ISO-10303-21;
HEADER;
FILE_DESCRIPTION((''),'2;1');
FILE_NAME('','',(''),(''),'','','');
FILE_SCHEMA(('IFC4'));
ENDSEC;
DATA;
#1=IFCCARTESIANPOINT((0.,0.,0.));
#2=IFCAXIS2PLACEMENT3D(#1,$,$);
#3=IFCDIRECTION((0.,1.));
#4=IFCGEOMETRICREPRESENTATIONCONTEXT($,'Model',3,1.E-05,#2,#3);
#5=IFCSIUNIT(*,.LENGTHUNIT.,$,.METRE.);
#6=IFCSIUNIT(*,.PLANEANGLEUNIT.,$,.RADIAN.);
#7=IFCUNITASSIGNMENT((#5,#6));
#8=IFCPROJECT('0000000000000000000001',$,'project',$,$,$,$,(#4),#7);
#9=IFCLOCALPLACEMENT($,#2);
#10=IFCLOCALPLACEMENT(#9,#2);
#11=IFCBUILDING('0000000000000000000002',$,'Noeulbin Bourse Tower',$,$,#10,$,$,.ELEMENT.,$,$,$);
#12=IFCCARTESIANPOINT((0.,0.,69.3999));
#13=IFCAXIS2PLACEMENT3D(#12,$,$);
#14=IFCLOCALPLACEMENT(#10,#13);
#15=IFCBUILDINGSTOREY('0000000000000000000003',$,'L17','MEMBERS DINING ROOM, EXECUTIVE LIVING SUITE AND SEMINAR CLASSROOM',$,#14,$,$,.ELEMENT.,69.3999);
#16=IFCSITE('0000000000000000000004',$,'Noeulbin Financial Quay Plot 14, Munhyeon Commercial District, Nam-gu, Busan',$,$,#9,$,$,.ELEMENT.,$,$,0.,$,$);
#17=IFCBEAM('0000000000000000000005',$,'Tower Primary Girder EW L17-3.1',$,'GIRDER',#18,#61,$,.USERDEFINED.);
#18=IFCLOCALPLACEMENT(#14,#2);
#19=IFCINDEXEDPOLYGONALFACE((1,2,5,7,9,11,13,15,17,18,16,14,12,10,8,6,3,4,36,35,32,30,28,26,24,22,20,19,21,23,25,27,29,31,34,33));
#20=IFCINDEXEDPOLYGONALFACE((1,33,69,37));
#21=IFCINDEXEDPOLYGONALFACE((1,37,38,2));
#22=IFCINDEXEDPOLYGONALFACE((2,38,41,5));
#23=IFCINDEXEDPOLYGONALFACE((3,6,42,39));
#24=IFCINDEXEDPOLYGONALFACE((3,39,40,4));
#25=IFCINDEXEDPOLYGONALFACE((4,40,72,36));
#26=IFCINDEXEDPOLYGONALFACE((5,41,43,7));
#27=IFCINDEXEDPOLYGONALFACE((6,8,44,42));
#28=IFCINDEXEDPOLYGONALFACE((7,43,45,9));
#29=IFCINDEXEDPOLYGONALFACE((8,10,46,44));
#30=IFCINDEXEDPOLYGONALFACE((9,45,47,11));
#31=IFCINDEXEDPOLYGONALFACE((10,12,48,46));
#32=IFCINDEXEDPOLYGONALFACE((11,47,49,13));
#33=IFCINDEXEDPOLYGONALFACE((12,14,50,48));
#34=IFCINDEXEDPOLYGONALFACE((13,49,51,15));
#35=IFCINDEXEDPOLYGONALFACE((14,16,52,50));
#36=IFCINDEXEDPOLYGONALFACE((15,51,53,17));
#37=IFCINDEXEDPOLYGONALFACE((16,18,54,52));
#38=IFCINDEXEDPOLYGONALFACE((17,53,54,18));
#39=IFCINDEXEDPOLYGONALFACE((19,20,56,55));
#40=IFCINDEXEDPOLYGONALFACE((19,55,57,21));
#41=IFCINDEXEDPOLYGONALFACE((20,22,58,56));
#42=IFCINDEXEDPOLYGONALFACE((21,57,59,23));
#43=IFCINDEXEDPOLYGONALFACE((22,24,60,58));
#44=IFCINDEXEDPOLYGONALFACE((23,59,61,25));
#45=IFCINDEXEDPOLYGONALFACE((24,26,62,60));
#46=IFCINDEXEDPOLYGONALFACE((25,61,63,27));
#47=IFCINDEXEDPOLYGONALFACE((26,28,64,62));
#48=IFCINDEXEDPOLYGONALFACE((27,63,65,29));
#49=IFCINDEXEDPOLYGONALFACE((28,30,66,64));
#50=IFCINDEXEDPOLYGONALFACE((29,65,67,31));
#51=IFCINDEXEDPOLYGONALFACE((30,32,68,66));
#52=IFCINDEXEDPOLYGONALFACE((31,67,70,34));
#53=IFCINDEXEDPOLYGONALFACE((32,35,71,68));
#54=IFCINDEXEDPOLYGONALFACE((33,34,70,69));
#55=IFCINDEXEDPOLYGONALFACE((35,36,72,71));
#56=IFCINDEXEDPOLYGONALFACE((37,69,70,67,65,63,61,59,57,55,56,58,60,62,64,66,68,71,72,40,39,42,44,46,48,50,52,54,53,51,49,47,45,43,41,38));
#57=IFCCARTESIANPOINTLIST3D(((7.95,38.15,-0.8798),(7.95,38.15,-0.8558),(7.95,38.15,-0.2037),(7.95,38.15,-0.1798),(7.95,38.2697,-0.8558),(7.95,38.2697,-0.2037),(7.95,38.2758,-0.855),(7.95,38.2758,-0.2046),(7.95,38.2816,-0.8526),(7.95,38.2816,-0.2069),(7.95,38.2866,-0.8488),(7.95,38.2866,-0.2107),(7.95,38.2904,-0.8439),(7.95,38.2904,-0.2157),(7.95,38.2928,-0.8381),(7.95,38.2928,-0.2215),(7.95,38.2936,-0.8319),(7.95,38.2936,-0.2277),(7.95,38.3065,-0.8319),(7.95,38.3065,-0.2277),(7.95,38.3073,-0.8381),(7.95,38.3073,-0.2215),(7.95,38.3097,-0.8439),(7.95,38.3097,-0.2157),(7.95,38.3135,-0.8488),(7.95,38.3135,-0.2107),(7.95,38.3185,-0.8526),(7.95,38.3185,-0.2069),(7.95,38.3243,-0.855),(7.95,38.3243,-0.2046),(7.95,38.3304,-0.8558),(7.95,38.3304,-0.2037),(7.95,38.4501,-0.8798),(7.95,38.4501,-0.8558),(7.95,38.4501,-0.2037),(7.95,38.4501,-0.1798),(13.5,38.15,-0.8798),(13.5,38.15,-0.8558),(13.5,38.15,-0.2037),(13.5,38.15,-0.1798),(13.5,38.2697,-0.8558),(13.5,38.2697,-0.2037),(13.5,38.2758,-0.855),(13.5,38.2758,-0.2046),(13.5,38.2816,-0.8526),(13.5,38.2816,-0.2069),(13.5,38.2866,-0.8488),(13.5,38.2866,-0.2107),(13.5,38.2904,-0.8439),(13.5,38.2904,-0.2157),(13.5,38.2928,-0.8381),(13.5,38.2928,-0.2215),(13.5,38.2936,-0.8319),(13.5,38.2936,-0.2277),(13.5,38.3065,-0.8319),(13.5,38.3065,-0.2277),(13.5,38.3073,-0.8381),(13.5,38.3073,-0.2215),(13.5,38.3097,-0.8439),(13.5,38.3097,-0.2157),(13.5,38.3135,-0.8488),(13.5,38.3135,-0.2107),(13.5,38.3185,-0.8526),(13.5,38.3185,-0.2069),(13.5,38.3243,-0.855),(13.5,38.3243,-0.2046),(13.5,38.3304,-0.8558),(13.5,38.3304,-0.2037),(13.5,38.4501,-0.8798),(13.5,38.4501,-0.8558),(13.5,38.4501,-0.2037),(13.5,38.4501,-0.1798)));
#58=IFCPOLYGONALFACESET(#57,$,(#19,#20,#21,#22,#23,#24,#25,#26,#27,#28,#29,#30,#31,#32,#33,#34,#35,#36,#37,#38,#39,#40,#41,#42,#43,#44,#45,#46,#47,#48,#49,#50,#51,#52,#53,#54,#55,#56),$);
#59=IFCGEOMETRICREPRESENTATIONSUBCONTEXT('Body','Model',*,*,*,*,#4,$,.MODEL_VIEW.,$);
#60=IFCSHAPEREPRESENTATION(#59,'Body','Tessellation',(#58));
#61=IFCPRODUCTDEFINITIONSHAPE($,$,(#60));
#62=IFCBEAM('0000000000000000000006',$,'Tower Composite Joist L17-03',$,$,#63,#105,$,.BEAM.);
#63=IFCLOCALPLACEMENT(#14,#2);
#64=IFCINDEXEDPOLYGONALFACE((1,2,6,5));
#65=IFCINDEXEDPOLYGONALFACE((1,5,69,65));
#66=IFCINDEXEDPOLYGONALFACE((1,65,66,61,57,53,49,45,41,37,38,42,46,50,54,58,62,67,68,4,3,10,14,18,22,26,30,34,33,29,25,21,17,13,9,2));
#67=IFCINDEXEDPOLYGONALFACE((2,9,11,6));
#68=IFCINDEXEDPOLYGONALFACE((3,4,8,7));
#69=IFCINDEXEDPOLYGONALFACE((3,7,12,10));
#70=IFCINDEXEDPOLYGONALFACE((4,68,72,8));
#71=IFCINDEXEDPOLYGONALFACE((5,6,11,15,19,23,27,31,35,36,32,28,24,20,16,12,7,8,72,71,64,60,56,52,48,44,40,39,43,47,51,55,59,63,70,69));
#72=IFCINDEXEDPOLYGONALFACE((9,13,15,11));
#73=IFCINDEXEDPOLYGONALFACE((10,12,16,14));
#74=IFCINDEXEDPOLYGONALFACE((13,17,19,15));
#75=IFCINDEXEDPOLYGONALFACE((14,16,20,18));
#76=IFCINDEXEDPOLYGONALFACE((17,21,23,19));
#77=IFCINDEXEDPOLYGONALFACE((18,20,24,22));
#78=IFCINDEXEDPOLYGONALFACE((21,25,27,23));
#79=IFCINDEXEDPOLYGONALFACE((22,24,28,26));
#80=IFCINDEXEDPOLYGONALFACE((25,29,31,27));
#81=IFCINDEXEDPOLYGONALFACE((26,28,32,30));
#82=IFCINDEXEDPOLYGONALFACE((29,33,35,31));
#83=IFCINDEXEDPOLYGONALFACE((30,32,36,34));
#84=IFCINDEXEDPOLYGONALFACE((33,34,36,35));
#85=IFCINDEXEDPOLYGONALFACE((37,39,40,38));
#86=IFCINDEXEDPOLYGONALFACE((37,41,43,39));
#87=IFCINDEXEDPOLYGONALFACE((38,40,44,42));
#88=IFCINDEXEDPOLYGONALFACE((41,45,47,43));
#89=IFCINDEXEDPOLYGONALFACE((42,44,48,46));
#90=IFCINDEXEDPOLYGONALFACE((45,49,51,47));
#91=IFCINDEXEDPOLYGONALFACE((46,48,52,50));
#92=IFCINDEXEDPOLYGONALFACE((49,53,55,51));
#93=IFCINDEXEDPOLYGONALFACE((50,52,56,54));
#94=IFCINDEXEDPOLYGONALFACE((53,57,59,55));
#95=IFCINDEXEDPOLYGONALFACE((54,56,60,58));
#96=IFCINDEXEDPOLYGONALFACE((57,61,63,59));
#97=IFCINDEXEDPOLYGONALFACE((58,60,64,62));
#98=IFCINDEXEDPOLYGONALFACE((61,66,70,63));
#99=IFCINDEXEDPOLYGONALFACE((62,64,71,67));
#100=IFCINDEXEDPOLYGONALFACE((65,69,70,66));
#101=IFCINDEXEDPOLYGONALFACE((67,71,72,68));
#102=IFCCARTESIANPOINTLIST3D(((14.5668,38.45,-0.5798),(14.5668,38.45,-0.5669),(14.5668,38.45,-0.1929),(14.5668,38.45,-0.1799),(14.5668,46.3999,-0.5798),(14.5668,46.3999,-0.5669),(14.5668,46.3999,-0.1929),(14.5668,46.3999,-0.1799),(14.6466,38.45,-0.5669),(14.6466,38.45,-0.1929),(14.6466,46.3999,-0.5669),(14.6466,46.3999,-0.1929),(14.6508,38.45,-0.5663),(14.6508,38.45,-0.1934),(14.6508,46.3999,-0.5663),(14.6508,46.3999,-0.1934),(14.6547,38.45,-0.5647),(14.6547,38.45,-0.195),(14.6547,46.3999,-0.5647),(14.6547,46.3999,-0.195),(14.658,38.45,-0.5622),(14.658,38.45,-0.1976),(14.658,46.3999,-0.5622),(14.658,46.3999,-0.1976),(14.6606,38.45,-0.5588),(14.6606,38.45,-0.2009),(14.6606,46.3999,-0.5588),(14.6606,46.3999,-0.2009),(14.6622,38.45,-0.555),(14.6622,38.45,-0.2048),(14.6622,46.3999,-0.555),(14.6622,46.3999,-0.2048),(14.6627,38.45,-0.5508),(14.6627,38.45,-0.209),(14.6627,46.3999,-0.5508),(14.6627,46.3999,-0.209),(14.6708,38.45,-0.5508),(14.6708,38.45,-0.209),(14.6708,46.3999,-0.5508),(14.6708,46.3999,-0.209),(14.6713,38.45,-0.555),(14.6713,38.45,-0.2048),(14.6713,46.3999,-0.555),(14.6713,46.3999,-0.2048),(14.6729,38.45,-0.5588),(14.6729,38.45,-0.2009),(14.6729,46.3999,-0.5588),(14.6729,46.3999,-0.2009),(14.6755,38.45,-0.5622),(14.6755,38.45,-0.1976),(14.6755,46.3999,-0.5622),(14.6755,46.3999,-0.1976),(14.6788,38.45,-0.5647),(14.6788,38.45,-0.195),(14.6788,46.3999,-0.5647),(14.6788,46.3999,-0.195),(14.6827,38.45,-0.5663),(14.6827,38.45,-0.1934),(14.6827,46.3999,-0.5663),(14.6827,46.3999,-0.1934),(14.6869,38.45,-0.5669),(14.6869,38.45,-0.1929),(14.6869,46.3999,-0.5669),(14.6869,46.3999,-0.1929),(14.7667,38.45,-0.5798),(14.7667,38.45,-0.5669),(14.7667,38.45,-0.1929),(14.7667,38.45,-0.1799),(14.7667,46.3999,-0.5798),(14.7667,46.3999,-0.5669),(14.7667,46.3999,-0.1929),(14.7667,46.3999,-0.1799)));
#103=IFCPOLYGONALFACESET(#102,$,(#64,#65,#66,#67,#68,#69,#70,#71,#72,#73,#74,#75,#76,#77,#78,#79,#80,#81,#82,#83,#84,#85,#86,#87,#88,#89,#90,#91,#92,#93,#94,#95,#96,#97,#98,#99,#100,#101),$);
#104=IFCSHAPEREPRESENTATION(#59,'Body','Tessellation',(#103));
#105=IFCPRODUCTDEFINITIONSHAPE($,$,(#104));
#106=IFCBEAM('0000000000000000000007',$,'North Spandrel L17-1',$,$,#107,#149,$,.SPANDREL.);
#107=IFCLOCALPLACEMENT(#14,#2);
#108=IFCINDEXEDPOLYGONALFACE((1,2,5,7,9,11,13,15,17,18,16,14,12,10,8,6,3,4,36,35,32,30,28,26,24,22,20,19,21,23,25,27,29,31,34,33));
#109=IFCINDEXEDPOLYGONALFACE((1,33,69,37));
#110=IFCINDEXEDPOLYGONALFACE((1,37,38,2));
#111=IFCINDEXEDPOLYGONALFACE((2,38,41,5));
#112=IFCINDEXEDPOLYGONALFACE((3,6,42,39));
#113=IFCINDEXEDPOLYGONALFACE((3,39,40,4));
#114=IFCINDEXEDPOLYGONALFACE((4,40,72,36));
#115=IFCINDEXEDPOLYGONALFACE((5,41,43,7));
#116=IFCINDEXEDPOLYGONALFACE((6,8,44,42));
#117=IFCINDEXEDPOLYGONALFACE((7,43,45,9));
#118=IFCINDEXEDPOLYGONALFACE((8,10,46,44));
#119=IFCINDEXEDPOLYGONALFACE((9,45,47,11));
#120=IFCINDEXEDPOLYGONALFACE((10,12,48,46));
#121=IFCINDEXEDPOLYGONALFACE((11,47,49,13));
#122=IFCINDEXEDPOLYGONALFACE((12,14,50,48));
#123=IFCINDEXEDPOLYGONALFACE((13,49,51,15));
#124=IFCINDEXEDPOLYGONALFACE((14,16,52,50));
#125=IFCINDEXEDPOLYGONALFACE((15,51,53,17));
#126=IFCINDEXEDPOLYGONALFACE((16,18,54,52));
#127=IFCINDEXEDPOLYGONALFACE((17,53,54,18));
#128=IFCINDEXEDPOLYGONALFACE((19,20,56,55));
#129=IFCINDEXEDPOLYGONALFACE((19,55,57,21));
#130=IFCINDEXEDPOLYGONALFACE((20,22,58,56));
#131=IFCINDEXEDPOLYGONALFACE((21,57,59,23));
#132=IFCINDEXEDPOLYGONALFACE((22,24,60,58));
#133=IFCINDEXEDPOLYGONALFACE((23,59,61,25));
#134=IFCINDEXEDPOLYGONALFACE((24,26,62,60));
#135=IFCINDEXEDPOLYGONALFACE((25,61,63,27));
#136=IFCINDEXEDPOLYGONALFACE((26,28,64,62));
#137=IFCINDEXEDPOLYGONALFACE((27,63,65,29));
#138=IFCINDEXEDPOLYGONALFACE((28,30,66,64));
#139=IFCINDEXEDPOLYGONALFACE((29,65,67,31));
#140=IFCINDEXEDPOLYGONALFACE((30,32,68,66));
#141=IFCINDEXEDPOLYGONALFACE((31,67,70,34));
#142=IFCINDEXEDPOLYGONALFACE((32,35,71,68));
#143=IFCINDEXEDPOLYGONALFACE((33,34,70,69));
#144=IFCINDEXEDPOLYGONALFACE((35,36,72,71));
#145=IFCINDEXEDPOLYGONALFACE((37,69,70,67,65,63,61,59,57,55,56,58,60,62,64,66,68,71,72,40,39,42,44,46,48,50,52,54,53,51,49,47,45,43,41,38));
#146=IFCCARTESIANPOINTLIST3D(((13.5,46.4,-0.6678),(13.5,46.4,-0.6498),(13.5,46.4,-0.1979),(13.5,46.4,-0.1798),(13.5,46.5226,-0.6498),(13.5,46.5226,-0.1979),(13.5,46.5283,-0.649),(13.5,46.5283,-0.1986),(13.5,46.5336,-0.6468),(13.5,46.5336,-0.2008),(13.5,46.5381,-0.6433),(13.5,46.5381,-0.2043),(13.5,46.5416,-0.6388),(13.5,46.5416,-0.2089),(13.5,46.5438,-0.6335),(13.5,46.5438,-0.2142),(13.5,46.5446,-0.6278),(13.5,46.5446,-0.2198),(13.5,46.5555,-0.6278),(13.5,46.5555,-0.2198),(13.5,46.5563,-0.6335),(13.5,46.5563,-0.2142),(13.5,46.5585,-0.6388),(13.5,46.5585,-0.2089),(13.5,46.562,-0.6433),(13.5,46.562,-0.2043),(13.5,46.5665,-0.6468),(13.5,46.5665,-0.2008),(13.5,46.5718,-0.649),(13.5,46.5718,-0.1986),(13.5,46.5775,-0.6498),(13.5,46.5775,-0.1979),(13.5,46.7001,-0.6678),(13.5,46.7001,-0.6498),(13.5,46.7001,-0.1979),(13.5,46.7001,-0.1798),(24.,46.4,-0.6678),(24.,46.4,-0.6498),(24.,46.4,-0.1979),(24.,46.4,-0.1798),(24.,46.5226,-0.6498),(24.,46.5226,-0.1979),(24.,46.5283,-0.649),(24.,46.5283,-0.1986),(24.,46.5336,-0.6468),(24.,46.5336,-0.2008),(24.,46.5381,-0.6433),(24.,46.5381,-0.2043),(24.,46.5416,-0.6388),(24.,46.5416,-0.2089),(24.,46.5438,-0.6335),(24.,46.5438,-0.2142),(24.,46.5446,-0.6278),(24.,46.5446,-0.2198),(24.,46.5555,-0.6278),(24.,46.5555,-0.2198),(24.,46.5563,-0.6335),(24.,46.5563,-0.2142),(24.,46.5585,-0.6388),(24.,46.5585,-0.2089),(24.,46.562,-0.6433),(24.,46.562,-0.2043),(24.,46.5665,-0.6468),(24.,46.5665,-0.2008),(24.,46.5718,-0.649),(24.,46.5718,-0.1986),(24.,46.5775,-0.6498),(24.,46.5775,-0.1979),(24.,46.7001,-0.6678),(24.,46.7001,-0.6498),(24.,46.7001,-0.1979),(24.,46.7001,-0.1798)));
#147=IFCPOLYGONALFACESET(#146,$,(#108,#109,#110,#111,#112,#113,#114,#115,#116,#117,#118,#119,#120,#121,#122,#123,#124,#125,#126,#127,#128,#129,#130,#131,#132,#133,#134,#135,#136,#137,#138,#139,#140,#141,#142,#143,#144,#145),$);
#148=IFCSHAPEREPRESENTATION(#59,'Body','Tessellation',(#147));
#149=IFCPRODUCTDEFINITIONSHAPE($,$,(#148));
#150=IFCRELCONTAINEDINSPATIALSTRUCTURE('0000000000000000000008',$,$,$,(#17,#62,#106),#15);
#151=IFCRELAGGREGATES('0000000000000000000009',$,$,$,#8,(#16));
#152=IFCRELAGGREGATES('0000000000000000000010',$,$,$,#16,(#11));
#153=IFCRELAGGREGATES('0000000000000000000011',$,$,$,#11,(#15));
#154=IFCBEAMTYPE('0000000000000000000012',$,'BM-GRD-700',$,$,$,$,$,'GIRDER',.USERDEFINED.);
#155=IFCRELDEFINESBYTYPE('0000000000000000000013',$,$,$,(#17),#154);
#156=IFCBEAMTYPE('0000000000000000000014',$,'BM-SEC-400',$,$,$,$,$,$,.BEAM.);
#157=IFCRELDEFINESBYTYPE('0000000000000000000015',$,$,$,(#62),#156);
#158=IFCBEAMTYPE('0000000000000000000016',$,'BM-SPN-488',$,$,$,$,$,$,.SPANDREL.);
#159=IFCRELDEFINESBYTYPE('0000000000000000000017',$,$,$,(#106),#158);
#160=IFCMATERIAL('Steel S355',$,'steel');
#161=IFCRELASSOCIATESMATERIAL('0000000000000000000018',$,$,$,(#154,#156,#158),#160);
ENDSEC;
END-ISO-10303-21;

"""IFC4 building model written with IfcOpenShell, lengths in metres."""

from ifc_helpers import new_model, si_unit, direction, frame, origin, origin_2d, place, context, subcontext, project, spatial, i_section, extrude, material, material_profile, profile_set, type_object, element, save


model = new_model("IFC4")

# Units and contexts
model_context = context("Model", 3, precision=1e-05, world=origin(), true_north=direction((0.0, 1.0)))
body_context = subcontext(model_context, "Body", "Model", "MODEL_VIEW")
ifc_project = project(units=[si_unit("LENGTHUNIT", "METRE"), si_unit("PLANEANGLEUNIT", "RADIAN")], contexts=[model_context])

# Site, building, storey
site_placement = place(None, origin())
site = spatial("IfcSite", under=ifc_project, at=site_placement, Name="Noeulbin Financial Quay Plot 14, Munhyeon Commercial District, Nam-gu, Busan", CompositionType="ELEMENT", RefElevation=0.0)
building_placement = place(site_placement, origin())
building = spatial("IfcBuilding", under=site, at=building_placement, Name="Noeulbin Bourse Tower", CompositionType="ELEMENT")
storey_placement = place(building_placement, frame((0.0, 0.0, 69.3999)))
storey = spatial("IfcBuildingStorey", under=building, at=storey_placement, Name="L17", Description="MEMBERS DINING ROOM, EXECUTIVE LIVING SUITE AND SEMINAR CLASSROOM", CompositionType="ELEMENT", Elevation=69.3999)

# Beams
ifc_material_1 = material(Name="Steel S355", Category="steel")
ifc_material_profile_1 = material_profile(ifc_material_1, i_section(OverallWidth=0.3, OverallDepth=0.7, WebThickness=0.0129, FlangeThickness=0.0239, FilletRadius=0.0239, at=origin_2d()), Name="H-700x300x13x24", Category="LoadBearing")
ifc_profile_set_1 = profile_set([ifc_material_profile_1], Name="Steel S355")
beam_type_1 = type_object("IfcBeamType", Name="BM-GRD-700", ElementType="GIRDER", PredefinedType="USERDEFINED", material=ifc_profile_set_1)
beam_1_placement = place(storey_placement, frame((7.95, 38.3, -0.5298), z_axis=(1.0, 0.0, 0.0), x_axis=(0.0, 1.0, 0.0)))
element("IfcBeam", 1, at=beam_1_placement, inside=storey, type_object=beam_type_1, Name="Tower Primary Girder EW L17-3.1", ObjectType="GIRDER", PredefinedType="USERDEFINED", context=body_context, shape_type="SweptSolid", body=[
    extrude(i_section(OverallWidth=0.3, OverallDepth=0.7, WebThickness=0.0129, FlangeThickness=0.0239, FilletRadius=0.0239, at=origin_2d()), origin(), (0.0, 0.0, 1.0), 5.55),
])
ifc_material_profile_2 = material_profile(ifc_material_1, i_section(OverallWidth=0.2, OverallDepth=0.3999, WebThickness=0.0081, FlangeThickness=0.0129, FilletRadius=0.0161, at=origin_2d()), Name="H-400x200x8x13", Category="LoadBearing")
ifc_profile_set_2 = profile_set([ifc_material_profile_2], Name="Steel S355")
beam_type_2 = type_object("IfcBeamType", Name="BM-SEC-400", PredefinedType="BEAM", material=ifc_profile_set_2)
beam_2_placement = place(storey_placement, frame((14.6667, 38.45, -0.3799), z_axis=(0.0, 1.0, 0.0), x_axis=(-1.0, 0.0, 0.0)))
element("IfcBeam", 2, at=beam_2_placement, inside=storey, type_object=beam_type_2, Name="Tower Composite Joist L17-03", PredefinedType="BEAM", context=body_context, shape_type="SweptSolid", body=[
    extrude(i_section(OverallWidth=0.2, OverallDepth=0.3999, WebThickness=0.0081, FlangeThickness=0.0129, FilletRadius=0.0161, at=origin_2d()), origin(), (0.0, 0.0, 1.0), 7.95),
])
ifc_material_profile_3 = material_profile(ifc_material_1, i_section(OverallWidth=0.3, OverallDepth=0.488, WebThickness=0.011, FlangeThickness=0.0181, FilletRadius=0.022, at=origin_2d()), Name="H-488x300x11x18", Category="LoadBearing")
ifc_profile_set_3 = profile_set([ifc_material_profile_3], Name="Steel S355")
beam_type_3 = type_object("IfcBeamType", Name="BM-SPN-488", PredefinedType="SPANDREL", material=ifc_profile_set_3)
beam_3_placement = place(storey_placement, frame((13.5, 46.55, -0.4238), z_axis=(1.0, 0.0, 0.0), x_axis=(0.0, 1.0, 0.0)))
element("IfcBeam", 3, at=beam_3_placement, inside=storey, type_object=beam_type_3, Name="North Spandrel L17-1", PredefinedType="SPANDREL", context=body_context, shape_type="SweptSolid", body=[
    extrude(i_section(OverallWidth=0.3, OverallDepth=0.488, WebThickness=0.011, FlangeThickness=0.0181, FilletRadius=0.022, at=origin_2d()), origin(), (0.0, 0.0, 1.0), 10.5),
])

save(model, "model.ifc")
